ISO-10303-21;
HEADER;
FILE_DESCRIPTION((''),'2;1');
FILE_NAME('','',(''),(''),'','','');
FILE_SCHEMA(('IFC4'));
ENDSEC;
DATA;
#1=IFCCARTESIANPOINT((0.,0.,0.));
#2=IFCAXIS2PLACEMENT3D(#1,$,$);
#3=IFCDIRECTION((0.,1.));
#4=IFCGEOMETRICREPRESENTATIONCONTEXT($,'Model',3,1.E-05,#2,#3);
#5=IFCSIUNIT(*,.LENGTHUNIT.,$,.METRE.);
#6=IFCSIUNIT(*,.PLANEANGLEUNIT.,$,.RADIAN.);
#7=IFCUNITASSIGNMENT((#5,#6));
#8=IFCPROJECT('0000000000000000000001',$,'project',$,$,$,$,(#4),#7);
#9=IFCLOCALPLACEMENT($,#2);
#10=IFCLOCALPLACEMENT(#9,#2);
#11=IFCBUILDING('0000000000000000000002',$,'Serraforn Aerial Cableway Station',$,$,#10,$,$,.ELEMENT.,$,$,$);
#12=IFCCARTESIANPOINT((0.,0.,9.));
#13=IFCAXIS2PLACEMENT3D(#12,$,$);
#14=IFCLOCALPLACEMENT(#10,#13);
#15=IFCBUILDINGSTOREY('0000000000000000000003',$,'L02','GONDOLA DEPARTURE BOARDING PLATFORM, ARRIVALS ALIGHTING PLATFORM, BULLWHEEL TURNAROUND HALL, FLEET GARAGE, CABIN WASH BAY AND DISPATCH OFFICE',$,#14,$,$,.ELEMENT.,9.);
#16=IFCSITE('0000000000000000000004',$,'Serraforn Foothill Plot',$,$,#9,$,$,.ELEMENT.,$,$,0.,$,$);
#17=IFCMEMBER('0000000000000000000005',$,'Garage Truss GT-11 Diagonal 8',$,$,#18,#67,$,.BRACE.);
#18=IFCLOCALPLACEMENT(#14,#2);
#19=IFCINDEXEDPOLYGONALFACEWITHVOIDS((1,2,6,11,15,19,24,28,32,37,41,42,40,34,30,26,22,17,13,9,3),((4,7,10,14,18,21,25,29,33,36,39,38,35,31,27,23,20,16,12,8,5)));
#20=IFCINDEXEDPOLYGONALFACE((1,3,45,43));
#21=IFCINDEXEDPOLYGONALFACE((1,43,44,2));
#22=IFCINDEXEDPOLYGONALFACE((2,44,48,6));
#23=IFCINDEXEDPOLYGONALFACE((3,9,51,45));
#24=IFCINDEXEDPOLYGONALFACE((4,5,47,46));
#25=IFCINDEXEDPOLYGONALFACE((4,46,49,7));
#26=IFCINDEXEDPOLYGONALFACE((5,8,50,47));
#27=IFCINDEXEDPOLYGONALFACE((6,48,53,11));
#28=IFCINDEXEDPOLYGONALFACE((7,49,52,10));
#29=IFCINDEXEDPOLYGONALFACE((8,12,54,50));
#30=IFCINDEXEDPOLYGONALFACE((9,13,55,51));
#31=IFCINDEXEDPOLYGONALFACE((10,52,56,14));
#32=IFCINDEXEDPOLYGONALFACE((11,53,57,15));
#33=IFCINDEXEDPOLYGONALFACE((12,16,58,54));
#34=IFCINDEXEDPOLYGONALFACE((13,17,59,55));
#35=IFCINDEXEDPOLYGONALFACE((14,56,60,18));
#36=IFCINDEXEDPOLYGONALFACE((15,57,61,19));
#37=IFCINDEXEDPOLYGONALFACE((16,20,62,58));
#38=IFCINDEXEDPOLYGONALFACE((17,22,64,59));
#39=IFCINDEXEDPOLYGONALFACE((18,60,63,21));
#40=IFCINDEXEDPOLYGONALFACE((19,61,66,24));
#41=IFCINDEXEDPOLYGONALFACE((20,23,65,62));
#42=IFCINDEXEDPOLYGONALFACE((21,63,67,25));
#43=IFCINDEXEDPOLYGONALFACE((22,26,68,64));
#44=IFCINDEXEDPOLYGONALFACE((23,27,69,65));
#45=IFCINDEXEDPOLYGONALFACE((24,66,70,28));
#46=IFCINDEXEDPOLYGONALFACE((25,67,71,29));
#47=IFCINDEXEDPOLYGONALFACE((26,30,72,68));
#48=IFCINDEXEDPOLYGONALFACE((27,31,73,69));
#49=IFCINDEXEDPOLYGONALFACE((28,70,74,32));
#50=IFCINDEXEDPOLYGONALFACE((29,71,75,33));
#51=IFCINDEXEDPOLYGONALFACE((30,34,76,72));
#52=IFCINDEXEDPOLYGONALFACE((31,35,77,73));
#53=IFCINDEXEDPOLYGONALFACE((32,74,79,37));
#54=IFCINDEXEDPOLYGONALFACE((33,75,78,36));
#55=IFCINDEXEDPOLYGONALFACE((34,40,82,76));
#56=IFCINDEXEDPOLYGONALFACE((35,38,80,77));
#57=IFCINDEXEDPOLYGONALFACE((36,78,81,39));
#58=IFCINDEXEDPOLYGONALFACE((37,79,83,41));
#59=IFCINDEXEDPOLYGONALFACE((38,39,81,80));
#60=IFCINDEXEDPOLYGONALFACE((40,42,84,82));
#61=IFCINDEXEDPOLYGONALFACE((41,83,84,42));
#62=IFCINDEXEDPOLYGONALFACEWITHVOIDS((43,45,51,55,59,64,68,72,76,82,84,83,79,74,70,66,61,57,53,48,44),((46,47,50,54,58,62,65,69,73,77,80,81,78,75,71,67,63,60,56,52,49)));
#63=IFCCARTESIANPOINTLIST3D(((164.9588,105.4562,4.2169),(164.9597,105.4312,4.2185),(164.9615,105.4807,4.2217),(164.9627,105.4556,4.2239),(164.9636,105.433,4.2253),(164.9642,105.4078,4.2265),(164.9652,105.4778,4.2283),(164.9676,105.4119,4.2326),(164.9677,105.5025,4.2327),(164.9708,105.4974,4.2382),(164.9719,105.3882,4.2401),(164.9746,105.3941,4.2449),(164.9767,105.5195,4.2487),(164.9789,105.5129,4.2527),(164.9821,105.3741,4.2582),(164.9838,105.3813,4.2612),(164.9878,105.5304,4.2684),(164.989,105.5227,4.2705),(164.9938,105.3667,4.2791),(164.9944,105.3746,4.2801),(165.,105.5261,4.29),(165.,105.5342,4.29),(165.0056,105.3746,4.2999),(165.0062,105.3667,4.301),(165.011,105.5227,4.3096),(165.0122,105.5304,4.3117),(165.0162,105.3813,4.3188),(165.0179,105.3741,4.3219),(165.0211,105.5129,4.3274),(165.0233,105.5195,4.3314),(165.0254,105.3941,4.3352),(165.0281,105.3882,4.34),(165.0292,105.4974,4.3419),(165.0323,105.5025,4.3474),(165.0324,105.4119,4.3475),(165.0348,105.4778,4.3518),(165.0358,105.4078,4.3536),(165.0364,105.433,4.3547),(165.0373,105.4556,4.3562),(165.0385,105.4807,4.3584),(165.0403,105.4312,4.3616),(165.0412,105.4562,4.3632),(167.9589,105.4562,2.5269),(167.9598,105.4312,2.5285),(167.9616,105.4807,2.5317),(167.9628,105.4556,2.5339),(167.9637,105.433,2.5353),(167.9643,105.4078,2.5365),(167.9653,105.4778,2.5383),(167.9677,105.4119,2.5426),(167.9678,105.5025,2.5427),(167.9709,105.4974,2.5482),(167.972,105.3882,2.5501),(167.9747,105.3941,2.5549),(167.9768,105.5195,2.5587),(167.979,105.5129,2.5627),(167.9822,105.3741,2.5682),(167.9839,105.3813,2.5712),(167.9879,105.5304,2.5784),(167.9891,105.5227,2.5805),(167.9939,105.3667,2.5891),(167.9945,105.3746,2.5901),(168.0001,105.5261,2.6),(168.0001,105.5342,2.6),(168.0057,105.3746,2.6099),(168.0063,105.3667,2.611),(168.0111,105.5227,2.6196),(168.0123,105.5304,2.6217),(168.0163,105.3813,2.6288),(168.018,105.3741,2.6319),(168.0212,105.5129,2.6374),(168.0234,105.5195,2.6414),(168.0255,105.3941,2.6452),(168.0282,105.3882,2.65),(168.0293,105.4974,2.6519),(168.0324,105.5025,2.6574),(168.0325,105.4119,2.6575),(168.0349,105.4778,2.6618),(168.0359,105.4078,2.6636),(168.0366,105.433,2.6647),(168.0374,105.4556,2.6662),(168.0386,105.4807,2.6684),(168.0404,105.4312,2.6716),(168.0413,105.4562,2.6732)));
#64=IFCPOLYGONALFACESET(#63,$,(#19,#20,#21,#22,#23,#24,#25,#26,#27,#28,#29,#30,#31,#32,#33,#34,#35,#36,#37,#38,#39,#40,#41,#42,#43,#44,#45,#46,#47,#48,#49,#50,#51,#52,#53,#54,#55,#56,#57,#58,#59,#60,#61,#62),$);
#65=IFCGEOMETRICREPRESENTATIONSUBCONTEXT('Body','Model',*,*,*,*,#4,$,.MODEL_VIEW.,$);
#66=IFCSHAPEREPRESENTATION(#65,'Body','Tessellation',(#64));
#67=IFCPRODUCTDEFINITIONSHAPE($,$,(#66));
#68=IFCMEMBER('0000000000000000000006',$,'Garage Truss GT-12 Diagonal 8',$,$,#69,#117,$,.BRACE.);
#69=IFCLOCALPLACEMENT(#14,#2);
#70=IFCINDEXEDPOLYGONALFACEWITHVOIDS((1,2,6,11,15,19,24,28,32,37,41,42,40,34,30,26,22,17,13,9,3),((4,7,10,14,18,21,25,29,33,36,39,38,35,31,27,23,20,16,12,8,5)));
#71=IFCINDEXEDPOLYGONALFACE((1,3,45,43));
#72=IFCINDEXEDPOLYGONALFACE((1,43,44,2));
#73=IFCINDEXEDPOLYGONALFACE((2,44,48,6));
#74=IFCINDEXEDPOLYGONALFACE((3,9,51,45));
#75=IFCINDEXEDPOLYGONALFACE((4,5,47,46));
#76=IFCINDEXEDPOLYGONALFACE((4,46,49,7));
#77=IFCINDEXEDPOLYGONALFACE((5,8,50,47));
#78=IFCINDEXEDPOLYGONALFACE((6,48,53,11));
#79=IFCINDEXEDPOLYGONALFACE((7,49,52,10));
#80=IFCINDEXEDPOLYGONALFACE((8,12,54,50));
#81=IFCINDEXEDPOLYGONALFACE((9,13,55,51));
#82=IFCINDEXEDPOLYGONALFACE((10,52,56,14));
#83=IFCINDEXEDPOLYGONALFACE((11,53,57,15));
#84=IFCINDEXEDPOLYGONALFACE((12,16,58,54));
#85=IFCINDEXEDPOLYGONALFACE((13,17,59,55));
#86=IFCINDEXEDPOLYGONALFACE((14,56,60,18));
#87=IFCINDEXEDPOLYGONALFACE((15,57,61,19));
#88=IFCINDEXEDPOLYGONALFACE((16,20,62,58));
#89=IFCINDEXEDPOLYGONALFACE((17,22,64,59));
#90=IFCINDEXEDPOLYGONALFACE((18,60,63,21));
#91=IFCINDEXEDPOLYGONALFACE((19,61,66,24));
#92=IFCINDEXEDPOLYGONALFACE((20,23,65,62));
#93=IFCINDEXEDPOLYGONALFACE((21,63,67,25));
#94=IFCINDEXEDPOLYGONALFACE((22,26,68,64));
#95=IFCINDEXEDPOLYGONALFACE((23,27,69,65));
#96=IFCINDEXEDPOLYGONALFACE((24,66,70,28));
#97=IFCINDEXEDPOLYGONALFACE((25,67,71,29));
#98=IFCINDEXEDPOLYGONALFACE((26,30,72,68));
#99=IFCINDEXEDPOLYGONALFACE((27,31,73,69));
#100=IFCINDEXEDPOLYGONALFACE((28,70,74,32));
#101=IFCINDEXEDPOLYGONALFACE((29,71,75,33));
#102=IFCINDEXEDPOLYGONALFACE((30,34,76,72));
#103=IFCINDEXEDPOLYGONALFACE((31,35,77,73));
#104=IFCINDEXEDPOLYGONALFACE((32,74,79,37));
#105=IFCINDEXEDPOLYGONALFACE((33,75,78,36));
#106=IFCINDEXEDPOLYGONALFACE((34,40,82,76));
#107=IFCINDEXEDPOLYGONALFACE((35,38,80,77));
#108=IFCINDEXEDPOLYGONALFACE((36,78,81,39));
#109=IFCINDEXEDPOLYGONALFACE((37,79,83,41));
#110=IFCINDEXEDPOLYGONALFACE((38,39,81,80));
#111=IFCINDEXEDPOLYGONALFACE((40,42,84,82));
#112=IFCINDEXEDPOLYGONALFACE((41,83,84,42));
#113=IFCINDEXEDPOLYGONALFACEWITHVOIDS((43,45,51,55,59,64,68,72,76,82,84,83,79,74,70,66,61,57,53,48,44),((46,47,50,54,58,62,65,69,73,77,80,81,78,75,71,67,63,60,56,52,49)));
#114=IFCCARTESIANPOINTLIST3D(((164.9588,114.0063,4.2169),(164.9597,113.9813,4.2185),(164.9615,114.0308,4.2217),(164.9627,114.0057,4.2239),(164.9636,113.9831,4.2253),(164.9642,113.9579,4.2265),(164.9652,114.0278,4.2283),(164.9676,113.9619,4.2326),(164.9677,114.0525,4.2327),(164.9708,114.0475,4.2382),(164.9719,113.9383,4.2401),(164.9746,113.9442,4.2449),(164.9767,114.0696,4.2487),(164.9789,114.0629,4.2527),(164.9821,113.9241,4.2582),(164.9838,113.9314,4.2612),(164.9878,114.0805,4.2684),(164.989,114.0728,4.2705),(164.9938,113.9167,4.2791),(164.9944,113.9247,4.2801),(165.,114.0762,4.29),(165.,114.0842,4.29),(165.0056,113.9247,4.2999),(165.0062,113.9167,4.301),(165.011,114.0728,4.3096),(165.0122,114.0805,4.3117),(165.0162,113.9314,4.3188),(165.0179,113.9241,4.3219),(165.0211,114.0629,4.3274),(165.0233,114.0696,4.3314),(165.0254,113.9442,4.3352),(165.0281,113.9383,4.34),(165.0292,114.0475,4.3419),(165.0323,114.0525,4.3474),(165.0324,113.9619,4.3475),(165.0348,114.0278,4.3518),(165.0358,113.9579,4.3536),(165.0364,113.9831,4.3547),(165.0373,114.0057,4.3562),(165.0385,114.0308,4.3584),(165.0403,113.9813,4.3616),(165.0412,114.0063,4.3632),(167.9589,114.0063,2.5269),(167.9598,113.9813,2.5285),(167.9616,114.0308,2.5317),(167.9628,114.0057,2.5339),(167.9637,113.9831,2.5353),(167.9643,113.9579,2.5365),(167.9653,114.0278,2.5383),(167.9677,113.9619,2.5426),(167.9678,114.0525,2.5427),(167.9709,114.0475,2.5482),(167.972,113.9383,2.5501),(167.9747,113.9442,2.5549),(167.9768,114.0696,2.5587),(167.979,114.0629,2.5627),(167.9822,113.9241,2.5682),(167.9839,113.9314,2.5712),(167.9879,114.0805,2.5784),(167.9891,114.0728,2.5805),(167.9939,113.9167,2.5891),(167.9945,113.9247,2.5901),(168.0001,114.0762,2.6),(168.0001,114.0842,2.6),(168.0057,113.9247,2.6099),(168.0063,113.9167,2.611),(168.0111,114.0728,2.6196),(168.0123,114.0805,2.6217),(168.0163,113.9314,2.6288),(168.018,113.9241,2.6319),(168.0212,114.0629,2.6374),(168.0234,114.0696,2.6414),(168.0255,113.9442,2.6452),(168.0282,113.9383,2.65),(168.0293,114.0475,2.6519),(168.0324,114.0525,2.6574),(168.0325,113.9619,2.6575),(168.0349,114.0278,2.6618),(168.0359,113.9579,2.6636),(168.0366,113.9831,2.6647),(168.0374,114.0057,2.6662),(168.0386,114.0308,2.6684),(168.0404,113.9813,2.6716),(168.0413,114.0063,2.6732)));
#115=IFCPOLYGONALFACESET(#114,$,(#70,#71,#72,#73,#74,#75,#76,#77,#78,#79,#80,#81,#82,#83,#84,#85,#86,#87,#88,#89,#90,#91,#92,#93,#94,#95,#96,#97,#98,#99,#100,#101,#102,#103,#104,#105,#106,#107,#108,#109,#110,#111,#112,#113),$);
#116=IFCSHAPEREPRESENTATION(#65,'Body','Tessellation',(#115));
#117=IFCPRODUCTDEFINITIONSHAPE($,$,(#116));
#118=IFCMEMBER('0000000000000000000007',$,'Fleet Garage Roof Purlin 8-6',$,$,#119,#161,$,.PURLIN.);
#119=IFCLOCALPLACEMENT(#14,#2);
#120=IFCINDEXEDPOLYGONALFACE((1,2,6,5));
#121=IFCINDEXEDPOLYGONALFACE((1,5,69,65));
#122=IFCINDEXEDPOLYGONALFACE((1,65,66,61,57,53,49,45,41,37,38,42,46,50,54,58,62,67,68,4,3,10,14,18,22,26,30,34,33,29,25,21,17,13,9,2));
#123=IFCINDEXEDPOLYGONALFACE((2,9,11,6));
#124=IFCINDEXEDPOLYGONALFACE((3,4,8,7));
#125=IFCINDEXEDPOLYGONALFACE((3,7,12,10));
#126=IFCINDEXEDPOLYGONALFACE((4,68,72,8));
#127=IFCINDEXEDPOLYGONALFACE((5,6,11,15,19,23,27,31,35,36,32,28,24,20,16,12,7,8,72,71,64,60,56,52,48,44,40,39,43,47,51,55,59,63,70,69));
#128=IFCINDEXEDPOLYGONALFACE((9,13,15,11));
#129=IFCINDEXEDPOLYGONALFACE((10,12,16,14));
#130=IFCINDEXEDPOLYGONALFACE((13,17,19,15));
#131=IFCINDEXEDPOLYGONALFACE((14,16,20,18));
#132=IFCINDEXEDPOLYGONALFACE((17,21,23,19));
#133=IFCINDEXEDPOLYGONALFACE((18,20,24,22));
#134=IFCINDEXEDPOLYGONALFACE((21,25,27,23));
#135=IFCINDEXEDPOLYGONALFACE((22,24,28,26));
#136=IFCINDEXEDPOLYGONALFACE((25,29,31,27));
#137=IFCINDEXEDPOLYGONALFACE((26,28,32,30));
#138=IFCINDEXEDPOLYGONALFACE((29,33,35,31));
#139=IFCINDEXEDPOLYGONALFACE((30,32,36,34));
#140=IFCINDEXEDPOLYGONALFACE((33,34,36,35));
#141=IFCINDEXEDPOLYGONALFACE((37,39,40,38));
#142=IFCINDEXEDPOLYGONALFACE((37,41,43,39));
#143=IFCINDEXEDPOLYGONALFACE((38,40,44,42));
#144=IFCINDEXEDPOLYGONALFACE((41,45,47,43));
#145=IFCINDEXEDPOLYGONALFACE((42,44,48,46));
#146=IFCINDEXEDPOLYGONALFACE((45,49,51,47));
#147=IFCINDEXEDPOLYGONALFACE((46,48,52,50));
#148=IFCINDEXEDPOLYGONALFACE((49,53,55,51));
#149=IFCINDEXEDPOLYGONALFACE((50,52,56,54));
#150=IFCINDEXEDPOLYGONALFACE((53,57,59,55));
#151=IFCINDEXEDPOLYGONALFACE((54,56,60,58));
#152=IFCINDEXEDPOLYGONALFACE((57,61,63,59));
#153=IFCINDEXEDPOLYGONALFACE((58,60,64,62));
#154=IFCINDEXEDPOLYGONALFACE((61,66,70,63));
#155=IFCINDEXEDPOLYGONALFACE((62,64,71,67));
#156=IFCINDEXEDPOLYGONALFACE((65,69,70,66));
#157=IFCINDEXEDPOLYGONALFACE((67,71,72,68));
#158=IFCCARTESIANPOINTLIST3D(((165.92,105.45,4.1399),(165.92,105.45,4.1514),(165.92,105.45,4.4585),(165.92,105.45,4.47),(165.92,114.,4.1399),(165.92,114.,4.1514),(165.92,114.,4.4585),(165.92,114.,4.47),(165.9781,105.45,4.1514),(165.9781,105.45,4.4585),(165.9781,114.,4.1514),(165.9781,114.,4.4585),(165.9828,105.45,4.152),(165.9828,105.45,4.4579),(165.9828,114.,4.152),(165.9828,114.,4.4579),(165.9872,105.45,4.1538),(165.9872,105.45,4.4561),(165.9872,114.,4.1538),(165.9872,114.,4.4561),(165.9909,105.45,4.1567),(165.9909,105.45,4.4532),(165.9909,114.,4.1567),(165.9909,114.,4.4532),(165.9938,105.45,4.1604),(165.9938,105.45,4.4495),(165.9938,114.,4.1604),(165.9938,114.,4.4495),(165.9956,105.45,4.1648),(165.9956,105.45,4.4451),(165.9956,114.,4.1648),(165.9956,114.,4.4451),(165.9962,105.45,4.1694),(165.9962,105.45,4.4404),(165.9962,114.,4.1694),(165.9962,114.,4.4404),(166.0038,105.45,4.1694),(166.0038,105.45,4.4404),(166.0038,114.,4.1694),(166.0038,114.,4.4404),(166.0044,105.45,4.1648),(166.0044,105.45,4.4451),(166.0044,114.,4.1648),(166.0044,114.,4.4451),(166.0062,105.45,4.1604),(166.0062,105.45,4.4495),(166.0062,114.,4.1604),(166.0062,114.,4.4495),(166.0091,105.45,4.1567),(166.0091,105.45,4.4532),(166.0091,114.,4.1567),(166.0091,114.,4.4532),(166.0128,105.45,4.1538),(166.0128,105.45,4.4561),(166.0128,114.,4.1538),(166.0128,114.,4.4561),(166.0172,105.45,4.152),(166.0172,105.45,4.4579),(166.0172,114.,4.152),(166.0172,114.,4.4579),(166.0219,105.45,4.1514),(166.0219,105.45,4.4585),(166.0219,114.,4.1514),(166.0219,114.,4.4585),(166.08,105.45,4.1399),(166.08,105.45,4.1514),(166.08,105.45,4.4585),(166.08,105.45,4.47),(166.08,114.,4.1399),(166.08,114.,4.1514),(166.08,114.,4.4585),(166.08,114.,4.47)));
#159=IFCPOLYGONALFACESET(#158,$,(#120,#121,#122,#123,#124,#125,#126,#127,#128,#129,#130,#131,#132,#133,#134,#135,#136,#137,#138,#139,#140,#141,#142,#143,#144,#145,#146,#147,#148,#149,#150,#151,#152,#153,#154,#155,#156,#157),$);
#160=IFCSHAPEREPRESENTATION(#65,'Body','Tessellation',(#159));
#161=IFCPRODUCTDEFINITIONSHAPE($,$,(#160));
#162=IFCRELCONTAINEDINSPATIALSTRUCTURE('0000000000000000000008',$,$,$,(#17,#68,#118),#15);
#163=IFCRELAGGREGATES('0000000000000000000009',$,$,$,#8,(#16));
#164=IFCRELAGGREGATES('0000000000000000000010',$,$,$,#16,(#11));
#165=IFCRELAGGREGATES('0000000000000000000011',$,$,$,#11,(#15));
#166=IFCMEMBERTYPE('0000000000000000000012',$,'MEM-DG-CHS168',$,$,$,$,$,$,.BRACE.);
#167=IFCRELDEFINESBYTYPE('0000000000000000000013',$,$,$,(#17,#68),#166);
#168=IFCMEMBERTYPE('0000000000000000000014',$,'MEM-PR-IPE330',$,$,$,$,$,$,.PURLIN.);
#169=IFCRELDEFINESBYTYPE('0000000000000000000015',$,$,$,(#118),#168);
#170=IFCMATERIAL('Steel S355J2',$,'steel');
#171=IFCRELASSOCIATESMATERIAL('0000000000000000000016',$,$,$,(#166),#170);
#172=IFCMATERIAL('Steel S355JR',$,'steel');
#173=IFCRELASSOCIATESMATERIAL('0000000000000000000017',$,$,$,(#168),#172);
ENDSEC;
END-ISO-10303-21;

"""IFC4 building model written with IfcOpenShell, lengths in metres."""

from ifc_helpers import new_model, si_unit, direction, frame, origin, origin_2d, place, context, subcontext, project, spatial, hollow_circle, i_section, extrude, material, material_profile, profile_set, type_object, element, save


model = new_model("IFC4")

# Units and contexts
model_context = context("Model", 3, precision=1e-05, world=origin(), true_north=direction((0.0, 1.0)))
body_context = subcontext(model_context, "Body", "Model", "MODEL_VIEW")
ifc_project = project(units=[si_unit("LENGTHUNIT", "METRE"), si_unit("PLANEANGLEUNIT", "RADIAN")], contexts=[model_context])

# Site, building, storey
site_placement = place(None, origin())
site = spatial("IfcSite", under=ifc_project, at=site_placement, Name="Serraforn Foothill Plot", CompositionType="ELEMENT", RefElevation=0.0)
building_placement = place(site_placement, origin())
building = spatial("IfcBuilding", under=site, at=building_placement, Name="Serraforn Aerial Cableway Station", CompositionType="ELEMENT")
storey_placement = place(building_placement, frame((0.0, 0.0, 9.0)))
storey = spatial("IfcBuildingStorey", under=building, at=storey_placement, Name="L02", Description="GONDOLA DEPARTURE BOARDING PLATFORM, ARRIVALS ALIGHTING PLATFORM, BULLWHEEL TURNAROUND HALL, FLEET GARAGE, CABIN WASH BAY AND DISPATCH OFFICE", CompositionType="ELEMENT", Elevation=9.0)

# Shared definitions
ifc_material_1 = material(Name="Steel S355J2", Category="steel")

# Members
ifc_material_profile_1 = material_profile(ifc_material_1, hollow_circle(Radius=0.0842, WallThickness=0.0081, at=origin_2d()), Name="CHS 168.3x8.0")
ifc_profile_set_1 = profile_set([ifc_material_profile_1], Name="Steel S355J2")
member_type_1 = type_object("IfcMemberType", Name="MEM-DG-CHS168", PredefinedType="BRACE", material=ifc_profile_set_1)
for number, where, z_axis, x_axis, name in (
    (1, (165.0, 105.45, 4.29), (0.871272, 0.0, -0.4908), (0.0, 1.0, 0.0), "Garage Truss GT-11 Diagonal 8"),
    (2, (165.0, 114.0, 4.29), (0.871272, 0.0, -0.4908), (0.0, 1.0, 0.0), "Garage Truss GT-12 Diagonal 8"),
):
    element("IfcMember", number, at=place(storey_placement, frame(where, z_axis=z_axis, x_axis=x_axis)), inside=storey, type_object=member_type_1, Name=name, PredefinedType="BRACE", context=body_context, shape_type="SweptSolid", body=[
        extrude(hollow_circle(Radius=0.0842, WallThickness=0.0081, at=origin_2d()), origin(), (0.0, 0.0, 1.0), 3.4434),
    ])
ifc_material_2 = material(Name="Steel S355JR", Category="steel")
ifc_material_profile_2 = material_profile(ifc_material_2, i_section(OverallWidth=0.1599, OverallDepth=0.3301, WebThickness=0.0076, FlangeThickness=0.0115, FilletRadius=0.0181, at=origin_2d()), Name="IPE 330")
ifc_profile_set_2 = profile_set([ifc_material_profile_2], Name="Steel S355JR")
member_type_2 = type_object("IfcMemberType", Name="MEM-PR-IPE330", PredefinedType="PURLIN", material=ifc_profile_set_2)
member_1_placement = place(storey_placement, frame((166.0, 105.45, 4.3049), z_axis=(0.0, 1.0, 0.0), x_axis=(-1.0, 0.0, 0.0)))
element("IfcMember", 3, at=member_1_placement, inside=storey, type_object=member_type_2, Name="Fleet Garage Roof Purlin 8-6", PredefinedType="PURLIN", context=body_context, shape_type="SweptSolid", body=[
    extrude(i_section(OverallWidth=0.1599, OverallDepth=0.3301, WebThickness=0.0076, FlangeThickness=0.0115, FilletRadius=0.0181, at=origin_2d()), origin(), (0.0, 0.0, 1.0), 8.55),
])

save(model, "model.ifc")
